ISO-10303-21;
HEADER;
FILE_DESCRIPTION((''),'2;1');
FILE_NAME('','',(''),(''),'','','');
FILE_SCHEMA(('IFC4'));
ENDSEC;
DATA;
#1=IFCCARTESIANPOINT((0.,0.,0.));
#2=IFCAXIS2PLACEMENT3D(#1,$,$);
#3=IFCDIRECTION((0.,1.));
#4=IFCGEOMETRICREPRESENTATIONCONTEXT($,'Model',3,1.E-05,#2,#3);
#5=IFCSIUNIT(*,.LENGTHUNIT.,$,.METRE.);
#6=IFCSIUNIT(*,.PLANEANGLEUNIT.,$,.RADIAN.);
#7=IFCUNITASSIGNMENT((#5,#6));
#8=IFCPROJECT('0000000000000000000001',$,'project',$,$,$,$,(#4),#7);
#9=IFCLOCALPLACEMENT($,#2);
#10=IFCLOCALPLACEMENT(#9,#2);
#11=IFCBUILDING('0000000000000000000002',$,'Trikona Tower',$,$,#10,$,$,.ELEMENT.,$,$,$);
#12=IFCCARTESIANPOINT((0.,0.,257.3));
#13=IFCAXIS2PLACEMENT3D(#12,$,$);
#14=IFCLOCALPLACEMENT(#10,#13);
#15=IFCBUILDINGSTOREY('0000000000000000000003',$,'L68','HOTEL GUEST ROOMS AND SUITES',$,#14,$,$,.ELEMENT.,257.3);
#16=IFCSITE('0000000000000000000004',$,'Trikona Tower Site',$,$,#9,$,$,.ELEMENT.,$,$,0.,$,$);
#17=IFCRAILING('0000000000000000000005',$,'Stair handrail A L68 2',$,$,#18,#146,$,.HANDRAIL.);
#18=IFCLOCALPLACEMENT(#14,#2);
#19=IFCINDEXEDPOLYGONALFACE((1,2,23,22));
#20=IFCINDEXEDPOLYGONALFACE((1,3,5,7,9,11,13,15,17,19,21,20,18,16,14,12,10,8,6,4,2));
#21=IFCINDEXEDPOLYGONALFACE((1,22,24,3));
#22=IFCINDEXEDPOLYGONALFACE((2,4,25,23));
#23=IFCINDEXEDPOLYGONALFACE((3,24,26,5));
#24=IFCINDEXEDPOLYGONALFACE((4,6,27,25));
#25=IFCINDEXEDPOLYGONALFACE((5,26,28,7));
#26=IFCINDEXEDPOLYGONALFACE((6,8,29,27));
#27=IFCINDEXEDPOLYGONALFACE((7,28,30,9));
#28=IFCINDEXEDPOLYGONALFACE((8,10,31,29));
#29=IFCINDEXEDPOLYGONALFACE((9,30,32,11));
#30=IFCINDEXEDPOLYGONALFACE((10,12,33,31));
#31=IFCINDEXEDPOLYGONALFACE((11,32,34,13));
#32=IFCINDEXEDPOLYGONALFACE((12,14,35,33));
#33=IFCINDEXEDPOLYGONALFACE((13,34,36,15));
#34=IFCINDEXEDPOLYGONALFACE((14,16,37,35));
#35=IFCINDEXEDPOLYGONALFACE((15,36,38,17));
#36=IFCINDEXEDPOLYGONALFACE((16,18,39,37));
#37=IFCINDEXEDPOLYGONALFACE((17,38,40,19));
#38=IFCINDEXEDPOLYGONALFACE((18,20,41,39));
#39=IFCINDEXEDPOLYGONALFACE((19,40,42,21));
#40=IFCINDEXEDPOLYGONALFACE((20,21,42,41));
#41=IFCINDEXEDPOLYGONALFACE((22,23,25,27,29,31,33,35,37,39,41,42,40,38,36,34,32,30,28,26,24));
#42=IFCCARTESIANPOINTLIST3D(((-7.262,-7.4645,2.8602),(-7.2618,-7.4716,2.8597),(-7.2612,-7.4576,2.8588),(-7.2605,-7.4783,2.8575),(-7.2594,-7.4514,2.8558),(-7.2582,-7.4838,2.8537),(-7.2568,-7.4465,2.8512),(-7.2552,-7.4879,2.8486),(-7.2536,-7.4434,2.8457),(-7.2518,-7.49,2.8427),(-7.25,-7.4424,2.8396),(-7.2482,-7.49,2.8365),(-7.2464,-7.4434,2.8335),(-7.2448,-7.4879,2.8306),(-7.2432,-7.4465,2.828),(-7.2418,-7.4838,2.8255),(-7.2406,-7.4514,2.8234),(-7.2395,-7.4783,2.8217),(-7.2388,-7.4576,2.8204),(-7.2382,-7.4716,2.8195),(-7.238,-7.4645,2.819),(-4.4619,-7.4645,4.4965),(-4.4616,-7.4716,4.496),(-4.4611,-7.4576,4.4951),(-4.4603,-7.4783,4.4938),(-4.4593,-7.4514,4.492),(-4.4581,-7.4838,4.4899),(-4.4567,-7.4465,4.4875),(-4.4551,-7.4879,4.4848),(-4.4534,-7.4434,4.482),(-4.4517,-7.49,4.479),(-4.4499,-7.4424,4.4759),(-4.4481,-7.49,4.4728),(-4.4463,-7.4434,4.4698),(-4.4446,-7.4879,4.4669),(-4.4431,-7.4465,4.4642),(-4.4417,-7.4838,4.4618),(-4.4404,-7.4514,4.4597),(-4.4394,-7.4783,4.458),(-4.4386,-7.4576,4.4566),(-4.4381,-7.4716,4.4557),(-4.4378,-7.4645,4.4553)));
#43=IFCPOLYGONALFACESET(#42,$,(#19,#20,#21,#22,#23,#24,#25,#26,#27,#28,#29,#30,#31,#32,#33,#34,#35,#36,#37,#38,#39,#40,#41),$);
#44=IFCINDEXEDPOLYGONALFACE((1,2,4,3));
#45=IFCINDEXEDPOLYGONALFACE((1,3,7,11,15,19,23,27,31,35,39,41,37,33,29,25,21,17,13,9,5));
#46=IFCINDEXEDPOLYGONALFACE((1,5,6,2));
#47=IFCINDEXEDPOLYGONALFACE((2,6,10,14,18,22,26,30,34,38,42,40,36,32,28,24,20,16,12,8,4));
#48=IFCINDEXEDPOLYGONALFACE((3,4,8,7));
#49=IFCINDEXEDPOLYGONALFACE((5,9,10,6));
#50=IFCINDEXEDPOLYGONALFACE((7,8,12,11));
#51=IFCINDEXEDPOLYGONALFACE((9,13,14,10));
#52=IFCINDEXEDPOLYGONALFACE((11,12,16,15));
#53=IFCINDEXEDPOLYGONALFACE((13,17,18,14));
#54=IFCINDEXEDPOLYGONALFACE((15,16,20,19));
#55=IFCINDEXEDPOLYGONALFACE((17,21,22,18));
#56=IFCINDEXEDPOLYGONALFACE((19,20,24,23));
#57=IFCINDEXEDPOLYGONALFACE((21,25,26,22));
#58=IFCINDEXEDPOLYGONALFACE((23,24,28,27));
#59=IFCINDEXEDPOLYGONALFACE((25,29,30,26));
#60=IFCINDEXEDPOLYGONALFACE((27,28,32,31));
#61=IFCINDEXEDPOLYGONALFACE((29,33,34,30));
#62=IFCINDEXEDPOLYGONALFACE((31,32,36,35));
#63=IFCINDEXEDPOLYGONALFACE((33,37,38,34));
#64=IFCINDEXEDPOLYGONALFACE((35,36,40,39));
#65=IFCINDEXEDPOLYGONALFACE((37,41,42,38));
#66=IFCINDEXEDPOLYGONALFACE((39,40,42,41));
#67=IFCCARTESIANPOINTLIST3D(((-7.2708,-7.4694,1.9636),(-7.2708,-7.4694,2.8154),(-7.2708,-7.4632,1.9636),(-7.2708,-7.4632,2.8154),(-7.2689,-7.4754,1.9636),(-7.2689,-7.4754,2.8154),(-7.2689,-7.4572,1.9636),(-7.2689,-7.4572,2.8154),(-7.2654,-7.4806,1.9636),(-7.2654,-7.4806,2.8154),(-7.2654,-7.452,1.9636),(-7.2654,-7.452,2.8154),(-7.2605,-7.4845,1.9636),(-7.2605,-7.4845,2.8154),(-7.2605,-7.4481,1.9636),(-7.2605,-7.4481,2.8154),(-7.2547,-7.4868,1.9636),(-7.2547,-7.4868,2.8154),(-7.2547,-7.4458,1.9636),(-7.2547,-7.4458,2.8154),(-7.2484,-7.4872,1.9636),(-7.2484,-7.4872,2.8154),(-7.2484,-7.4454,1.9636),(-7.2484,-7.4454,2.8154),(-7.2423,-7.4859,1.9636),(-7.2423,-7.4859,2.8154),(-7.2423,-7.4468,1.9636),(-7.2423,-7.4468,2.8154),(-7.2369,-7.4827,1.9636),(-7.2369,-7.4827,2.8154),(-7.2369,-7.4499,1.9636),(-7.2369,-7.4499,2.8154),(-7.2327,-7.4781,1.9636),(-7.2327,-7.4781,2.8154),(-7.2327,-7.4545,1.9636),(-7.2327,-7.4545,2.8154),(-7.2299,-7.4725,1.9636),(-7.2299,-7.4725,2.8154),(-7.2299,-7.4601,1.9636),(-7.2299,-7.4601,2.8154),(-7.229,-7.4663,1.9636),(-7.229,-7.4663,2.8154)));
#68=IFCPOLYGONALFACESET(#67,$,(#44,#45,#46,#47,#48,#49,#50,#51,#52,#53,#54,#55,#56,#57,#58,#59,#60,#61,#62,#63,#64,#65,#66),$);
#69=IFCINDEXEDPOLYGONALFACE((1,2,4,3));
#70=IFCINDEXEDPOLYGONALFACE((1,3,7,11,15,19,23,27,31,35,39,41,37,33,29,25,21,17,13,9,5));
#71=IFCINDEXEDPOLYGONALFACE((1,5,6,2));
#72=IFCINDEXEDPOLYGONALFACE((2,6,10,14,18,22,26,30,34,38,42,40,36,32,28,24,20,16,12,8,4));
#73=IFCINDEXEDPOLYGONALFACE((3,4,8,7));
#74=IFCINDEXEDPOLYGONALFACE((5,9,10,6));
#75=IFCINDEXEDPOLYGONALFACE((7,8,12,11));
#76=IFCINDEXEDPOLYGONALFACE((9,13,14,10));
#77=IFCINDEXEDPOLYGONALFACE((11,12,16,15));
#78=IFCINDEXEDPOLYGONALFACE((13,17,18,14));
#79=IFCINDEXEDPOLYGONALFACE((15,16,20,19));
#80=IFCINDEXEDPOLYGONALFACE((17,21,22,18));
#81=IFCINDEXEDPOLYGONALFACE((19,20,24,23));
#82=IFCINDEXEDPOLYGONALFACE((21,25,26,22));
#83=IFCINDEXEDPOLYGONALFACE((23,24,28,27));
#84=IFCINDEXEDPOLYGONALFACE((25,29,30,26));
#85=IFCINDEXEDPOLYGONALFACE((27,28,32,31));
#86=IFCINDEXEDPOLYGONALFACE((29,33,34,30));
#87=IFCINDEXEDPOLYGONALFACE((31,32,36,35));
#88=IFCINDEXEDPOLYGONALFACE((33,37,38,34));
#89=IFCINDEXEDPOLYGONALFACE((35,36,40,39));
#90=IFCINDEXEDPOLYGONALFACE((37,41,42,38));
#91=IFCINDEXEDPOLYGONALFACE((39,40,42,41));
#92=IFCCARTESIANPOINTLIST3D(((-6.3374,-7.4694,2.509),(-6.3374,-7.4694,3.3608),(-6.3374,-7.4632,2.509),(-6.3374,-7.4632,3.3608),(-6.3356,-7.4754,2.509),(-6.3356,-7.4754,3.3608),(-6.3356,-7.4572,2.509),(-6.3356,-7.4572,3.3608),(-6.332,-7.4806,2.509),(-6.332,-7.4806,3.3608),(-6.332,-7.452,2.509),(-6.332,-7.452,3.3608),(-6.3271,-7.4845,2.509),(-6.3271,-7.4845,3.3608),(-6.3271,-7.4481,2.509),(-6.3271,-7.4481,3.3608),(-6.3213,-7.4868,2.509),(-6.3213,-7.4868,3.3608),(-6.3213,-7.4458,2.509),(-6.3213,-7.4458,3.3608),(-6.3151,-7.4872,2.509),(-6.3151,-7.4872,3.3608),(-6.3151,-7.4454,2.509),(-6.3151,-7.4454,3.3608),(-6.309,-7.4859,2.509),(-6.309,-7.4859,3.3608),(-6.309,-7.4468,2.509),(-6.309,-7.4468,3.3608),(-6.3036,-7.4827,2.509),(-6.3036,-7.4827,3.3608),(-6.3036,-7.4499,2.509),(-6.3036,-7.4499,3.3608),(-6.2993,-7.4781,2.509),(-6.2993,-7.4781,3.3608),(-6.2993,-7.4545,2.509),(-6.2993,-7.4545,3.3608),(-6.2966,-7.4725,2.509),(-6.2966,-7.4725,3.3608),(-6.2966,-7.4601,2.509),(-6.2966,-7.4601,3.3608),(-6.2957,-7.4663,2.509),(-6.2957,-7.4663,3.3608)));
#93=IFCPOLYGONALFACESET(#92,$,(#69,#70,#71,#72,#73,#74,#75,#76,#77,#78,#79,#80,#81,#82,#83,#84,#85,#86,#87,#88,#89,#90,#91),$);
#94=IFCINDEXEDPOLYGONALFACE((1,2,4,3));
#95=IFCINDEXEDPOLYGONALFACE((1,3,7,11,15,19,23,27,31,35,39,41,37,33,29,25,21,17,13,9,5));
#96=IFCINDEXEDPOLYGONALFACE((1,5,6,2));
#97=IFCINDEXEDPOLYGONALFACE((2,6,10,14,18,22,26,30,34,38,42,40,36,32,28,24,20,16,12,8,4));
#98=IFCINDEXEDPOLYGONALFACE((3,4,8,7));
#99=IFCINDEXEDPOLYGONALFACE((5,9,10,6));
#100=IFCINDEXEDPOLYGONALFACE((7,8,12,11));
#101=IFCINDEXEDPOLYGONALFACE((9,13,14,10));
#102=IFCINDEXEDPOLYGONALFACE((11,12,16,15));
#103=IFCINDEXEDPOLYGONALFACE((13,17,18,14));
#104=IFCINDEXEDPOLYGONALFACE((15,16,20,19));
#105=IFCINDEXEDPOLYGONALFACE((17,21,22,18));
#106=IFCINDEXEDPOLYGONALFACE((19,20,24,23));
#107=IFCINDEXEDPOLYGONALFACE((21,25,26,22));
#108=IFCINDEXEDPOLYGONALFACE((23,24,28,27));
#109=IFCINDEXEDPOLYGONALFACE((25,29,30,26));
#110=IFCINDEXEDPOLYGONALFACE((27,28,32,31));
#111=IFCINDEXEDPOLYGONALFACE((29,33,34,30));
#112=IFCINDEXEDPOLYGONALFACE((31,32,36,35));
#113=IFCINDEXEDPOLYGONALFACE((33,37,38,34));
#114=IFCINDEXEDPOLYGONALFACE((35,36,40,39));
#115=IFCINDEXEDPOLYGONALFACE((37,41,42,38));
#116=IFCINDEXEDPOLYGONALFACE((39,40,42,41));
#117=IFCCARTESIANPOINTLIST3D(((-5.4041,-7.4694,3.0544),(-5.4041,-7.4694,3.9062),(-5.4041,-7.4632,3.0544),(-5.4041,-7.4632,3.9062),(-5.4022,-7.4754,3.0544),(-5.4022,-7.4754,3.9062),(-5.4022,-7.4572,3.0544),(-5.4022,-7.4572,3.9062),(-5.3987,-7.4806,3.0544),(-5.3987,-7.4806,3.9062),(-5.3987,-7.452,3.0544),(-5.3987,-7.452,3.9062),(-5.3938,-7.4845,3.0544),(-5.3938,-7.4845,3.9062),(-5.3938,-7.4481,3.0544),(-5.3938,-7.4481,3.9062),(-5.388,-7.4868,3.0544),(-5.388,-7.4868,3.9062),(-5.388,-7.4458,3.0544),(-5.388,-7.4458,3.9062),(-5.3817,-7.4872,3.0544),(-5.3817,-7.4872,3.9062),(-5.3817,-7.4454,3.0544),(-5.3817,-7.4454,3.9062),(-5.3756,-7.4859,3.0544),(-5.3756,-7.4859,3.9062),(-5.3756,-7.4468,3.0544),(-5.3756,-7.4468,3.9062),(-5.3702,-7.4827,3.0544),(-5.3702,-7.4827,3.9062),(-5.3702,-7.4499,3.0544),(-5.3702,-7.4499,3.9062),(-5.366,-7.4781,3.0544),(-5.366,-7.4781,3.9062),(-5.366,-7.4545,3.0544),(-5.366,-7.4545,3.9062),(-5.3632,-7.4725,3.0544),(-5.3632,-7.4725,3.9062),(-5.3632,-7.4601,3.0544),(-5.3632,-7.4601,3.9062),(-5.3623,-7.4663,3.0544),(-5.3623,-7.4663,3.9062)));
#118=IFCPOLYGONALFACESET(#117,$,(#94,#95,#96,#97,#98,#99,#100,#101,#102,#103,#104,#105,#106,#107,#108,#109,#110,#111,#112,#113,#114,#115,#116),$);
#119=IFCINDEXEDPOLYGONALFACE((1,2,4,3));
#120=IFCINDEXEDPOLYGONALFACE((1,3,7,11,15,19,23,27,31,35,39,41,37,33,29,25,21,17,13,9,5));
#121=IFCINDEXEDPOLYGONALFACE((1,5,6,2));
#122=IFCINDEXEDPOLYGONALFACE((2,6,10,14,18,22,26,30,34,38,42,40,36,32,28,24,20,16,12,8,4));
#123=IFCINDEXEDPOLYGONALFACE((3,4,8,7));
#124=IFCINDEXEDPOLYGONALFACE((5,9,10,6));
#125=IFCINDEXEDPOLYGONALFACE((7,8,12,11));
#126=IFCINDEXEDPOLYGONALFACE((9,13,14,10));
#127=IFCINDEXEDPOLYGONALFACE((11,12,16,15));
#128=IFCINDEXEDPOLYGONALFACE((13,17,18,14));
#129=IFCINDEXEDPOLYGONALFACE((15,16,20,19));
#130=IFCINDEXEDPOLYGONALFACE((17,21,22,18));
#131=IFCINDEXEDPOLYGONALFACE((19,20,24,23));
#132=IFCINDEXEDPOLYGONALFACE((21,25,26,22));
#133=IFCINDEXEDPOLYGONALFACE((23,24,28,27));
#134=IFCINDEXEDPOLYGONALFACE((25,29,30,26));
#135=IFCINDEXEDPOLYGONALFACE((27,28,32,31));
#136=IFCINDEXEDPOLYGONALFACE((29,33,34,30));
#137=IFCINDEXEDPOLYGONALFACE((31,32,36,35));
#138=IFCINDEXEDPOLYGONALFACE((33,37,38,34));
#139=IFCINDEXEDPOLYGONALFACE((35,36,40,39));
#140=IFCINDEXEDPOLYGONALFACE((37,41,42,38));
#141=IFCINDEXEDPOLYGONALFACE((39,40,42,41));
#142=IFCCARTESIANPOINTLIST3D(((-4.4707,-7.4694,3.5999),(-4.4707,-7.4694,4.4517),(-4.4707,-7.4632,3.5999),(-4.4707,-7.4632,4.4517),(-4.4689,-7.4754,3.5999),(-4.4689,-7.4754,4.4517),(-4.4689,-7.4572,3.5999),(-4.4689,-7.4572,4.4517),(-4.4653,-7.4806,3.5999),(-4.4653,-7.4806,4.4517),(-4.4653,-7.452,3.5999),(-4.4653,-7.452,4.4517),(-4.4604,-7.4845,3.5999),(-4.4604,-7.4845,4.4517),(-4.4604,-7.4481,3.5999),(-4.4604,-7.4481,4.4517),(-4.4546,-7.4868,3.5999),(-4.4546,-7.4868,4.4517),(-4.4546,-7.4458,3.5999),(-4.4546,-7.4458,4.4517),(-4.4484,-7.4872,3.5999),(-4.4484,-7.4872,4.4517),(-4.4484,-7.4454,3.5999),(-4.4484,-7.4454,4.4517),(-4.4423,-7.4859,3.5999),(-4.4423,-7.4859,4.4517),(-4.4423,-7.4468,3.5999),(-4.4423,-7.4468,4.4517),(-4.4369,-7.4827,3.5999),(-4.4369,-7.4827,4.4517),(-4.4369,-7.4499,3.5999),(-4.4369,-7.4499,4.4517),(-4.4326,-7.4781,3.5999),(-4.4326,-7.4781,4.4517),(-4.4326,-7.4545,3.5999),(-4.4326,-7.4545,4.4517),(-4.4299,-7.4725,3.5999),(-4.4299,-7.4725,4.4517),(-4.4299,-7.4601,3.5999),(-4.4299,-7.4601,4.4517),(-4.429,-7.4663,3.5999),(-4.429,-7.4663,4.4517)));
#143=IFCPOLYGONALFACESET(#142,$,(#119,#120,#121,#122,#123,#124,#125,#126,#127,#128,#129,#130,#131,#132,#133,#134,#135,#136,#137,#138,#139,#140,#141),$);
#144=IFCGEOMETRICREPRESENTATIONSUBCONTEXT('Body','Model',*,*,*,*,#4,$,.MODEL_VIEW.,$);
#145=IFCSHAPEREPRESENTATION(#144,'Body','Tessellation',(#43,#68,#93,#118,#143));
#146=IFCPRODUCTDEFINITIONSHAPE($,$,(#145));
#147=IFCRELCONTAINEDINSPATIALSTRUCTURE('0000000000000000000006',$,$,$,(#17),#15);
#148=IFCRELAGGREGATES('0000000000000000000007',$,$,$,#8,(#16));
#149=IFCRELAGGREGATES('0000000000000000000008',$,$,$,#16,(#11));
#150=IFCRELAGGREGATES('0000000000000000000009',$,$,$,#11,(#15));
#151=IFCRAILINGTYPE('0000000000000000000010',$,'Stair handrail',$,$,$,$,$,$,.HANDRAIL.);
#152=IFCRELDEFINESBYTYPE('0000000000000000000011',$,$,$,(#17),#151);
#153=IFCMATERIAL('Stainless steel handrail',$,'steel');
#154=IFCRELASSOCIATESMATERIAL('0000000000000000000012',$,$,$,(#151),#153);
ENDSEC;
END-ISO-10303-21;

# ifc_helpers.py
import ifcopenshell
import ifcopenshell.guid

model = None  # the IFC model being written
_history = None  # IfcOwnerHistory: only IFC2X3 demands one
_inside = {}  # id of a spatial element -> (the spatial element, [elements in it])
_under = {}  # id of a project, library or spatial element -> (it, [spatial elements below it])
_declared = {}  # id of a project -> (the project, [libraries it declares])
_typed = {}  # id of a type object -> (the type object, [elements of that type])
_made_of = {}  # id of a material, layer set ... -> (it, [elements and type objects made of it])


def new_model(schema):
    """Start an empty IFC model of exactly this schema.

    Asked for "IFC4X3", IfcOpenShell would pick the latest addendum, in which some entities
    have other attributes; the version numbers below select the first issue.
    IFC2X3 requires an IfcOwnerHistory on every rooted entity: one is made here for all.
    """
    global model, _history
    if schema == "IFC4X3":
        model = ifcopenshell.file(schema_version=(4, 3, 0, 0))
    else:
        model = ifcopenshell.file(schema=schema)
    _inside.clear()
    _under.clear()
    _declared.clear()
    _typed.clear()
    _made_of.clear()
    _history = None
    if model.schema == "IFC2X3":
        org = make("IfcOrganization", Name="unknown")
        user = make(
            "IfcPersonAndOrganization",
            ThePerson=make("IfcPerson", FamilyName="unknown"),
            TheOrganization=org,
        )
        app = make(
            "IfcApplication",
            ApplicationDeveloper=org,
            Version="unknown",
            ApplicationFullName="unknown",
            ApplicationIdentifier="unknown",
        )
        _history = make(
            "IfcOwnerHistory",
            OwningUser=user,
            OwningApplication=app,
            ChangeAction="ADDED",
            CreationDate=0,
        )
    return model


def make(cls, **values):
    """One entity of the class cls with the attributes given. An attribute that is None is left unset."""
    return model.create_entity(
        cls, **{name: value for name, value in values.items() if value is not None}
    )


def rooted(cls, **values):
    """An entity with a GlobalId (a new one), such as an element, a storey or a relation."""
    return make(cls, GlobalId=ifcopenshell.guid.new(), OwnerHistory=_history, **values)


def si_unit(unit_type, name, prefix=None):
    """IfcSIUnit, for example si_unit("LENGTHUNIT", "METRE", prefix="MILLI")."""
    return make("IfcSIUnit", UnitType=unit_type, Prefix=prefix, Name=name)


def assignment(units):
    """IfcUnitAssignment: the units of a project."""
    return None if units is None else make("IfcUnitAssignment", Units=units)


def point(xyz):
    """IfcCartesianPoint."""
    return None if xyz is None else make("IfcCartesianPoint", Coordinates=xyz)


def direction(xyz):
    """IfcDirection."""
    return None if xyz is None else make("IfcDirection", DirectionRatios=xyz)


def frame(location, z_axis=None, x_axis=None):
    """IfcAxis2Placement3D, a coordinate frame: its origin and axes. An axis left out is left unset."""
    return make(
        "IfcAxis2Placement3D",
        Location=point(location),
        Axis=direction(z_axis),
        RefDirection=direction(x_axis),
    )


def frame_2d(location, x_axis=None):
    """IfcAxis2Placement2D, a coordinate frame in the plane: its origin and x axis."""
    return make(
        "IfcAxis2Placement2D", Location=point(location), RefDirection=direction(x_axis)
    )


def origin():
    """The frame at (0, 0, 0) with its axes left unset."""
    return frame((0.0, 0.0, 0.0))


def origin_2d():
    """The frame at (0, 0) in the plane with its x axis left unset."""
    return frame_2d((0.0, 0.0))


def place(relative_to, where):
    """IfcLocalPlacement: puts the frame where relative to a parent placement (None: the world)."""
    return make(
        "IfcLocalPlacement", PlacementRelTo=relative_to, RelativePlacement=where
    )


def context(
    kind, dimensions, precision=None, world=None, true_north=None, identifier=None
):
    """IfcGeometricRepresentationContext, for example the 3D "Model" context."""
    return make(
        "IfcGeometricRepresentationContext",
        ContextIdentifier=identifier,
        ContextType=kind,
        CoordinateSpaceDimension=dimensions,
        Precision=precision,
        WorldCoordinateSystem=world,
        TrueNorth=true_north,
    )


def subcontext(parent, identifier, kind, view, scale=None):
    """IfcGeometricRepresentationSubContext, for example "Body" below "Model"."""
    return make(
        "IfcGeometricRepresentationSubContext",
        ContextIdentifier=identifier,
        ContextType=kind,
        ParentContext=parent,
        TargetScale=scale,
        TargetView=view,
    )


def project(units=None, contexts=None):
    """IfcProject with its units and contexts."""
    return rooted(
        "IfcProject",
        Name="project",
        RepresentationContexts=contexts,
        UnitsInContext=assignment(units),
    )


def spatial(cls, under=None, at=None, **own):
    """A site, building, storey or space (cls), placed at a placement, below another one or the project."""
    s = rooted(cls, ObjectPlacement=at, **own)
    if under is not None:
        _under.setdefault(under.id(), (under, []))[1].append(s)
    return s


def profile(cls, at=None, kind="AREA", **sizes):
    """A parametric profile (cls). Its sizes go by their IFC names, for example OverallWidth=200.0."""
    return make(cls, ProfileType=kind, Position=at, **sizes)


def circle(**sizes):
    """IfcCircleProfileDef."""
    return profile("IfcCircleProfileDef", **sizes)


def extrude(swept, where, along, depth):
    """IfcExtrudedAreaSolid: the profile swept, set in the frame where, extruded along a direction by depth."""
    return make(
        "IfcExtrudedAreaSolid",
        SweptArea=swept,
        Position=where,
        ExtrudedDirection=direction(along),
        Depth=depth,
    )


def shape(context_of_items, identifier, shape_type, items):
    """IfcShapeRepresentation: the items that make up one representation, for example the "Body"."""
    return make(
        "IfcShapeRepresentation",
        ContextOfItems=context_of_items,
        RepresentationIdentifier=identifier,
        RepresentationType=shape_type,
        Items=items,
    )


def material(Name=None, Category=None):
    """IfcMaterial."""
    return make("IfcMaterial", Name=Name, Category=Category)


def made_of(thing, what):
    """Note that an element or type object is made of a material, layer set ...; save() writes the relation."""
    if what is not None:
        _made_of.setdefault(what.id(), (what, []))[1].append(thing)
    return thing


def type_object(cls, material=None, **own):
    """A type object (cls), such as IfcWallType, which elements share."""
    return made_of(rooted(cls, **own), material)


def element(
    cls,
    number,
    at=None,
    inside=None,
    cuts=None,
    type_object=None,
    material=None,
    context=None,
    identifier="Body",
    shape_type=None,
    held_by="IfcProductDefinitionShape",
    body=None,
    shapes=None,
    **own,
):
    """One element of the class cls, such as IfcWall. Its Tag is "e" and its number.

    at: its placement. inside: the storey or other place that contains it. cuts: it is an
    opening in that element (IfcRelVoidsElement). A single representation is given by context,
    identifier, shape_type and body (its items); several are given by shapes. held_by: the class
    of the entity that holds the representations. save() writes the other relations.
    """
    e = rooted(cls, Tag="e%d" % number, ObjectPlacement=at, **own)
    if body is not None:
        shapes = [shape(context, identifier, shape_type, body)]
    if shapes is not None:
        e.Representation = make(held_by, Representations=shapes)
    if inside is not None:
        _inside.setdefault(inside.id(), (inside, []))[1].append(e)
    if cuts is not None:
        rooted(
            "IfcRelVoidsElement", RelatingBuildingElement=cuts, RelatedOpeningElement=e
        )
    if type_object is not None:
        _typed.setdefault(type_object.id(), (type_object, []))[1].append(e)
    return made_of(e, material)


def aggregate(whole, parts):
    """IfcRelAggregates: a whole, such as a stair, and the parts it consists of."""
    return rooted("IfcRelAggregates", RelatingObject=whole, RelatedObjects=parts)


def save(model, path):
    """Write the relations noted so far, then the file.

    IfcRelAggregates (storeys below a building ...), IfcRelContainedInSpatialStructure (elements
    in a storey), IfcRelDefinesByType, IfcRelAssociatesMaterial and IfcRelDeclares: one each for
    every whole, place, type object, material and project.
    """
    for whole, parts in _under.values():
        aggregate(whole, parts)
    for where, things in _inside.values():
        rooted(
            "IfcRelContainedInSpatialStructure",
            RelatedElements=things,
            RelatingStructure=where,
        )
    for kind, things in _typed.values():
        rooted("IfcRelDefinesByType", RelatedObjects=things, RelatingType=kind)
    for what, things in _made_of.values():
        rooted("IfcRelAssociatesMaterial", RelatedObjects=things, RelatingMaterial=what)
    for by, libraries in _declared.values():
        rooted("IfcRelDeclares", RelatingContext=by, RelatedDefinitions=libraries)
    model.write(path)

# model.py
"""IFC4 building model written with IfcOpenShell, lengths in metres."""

from ifc_helpers import new_model, si_unit, direction, frame, origin, origin_2d, place, context, subcontext, project, spatial, circle, extrude, material, type_object, element, save


model = new_model("IFC4")

# Units and contexts
model_context = context("Model", 3, precision=1e-05, world=origin(), true_north=direction((0.0, 1.0)))
body_context = subcontext(model_context, "Body", "Model", "MODEL_VIEW")
ifc_project = project(units=[si_unit("LENGTHUNIT", "METRE"), si_unit("PLANEANGLEUNIT", "RADIAN")], contexts=[model_context])

# Site, building, storey
site_placement = place(None, origin())
site = spatial("IfcSite", under=ifc_project, at=site_placement, Name="Trikona Tower Site", CompositionType="ELEMENT", RefElevation=0.0)
building_placement = place(site_placement, origin())
building = spatial("IfcBuilding", under=site, at=building_placement, Name="Trikona Tower", CompositionType="ELEMENT")
storey_placement = place(building_placement, frame((0.0, 0.0, 257.3)))
storey = spatial("IfcBuildingStorey", under=building, at=storey_placement, Name="L68", Description="HOTEL GUEST ROOMS AND SUITES", CompositionType="ELEMENT", Elevation=257.3)

# Railing
ifc_material_1 = material(Name="Stainless steel handrail", Category="steel")
railing_type = type_object("IfcRailingType", Name="Stair handrail", PredefinedType="HANDRAIL", material=ifc_material_1)
railing_1_placement = place(storey_placement, frame((-7.25, -7.4663, 1.9636)))
element("IfcRailing", 1, at=railing_1_placement, inside=storey, type_object=railing_type, Name="Stair handrail A L68 2", PredefinedType="HANDRAIL", context=body_context, shape_type="SweptSolid", body=[
    extrude(circle(Radius=0.0239, at=origin_2d()), frame((0.0, 0.0, 0.876), z_axis=(0.863394, 0.0, 0.504531), x_axis=(0.0, 1.0, 0.0)), (0.0, 0.0, 1.0), 3.2432),
    extrude(circle(Radius=0.021, at=origin_2d()), origin(), (0.0, 0.0, 1.0), 0.8518),
    extrude(circle(Radius=0.021, at=origin_2d()), frame((0.9333, 0.0, 0.5454)), (0.0, 0.0, 1.0), 0.8518),
    extrude(circle(Radius=0.021, at=origin_2d()), frame((1.8667, 0.0, 1.0908)), (0.0, 0.0, 1.0), 0.8518),
    extrude(circle(Radius=0.021, at=origin_2d()), frame((2.8, 0.0, 1.6362)), (0.0, 0.0, 1.0), 0.8518),
])

save(model, "model.ifc")
